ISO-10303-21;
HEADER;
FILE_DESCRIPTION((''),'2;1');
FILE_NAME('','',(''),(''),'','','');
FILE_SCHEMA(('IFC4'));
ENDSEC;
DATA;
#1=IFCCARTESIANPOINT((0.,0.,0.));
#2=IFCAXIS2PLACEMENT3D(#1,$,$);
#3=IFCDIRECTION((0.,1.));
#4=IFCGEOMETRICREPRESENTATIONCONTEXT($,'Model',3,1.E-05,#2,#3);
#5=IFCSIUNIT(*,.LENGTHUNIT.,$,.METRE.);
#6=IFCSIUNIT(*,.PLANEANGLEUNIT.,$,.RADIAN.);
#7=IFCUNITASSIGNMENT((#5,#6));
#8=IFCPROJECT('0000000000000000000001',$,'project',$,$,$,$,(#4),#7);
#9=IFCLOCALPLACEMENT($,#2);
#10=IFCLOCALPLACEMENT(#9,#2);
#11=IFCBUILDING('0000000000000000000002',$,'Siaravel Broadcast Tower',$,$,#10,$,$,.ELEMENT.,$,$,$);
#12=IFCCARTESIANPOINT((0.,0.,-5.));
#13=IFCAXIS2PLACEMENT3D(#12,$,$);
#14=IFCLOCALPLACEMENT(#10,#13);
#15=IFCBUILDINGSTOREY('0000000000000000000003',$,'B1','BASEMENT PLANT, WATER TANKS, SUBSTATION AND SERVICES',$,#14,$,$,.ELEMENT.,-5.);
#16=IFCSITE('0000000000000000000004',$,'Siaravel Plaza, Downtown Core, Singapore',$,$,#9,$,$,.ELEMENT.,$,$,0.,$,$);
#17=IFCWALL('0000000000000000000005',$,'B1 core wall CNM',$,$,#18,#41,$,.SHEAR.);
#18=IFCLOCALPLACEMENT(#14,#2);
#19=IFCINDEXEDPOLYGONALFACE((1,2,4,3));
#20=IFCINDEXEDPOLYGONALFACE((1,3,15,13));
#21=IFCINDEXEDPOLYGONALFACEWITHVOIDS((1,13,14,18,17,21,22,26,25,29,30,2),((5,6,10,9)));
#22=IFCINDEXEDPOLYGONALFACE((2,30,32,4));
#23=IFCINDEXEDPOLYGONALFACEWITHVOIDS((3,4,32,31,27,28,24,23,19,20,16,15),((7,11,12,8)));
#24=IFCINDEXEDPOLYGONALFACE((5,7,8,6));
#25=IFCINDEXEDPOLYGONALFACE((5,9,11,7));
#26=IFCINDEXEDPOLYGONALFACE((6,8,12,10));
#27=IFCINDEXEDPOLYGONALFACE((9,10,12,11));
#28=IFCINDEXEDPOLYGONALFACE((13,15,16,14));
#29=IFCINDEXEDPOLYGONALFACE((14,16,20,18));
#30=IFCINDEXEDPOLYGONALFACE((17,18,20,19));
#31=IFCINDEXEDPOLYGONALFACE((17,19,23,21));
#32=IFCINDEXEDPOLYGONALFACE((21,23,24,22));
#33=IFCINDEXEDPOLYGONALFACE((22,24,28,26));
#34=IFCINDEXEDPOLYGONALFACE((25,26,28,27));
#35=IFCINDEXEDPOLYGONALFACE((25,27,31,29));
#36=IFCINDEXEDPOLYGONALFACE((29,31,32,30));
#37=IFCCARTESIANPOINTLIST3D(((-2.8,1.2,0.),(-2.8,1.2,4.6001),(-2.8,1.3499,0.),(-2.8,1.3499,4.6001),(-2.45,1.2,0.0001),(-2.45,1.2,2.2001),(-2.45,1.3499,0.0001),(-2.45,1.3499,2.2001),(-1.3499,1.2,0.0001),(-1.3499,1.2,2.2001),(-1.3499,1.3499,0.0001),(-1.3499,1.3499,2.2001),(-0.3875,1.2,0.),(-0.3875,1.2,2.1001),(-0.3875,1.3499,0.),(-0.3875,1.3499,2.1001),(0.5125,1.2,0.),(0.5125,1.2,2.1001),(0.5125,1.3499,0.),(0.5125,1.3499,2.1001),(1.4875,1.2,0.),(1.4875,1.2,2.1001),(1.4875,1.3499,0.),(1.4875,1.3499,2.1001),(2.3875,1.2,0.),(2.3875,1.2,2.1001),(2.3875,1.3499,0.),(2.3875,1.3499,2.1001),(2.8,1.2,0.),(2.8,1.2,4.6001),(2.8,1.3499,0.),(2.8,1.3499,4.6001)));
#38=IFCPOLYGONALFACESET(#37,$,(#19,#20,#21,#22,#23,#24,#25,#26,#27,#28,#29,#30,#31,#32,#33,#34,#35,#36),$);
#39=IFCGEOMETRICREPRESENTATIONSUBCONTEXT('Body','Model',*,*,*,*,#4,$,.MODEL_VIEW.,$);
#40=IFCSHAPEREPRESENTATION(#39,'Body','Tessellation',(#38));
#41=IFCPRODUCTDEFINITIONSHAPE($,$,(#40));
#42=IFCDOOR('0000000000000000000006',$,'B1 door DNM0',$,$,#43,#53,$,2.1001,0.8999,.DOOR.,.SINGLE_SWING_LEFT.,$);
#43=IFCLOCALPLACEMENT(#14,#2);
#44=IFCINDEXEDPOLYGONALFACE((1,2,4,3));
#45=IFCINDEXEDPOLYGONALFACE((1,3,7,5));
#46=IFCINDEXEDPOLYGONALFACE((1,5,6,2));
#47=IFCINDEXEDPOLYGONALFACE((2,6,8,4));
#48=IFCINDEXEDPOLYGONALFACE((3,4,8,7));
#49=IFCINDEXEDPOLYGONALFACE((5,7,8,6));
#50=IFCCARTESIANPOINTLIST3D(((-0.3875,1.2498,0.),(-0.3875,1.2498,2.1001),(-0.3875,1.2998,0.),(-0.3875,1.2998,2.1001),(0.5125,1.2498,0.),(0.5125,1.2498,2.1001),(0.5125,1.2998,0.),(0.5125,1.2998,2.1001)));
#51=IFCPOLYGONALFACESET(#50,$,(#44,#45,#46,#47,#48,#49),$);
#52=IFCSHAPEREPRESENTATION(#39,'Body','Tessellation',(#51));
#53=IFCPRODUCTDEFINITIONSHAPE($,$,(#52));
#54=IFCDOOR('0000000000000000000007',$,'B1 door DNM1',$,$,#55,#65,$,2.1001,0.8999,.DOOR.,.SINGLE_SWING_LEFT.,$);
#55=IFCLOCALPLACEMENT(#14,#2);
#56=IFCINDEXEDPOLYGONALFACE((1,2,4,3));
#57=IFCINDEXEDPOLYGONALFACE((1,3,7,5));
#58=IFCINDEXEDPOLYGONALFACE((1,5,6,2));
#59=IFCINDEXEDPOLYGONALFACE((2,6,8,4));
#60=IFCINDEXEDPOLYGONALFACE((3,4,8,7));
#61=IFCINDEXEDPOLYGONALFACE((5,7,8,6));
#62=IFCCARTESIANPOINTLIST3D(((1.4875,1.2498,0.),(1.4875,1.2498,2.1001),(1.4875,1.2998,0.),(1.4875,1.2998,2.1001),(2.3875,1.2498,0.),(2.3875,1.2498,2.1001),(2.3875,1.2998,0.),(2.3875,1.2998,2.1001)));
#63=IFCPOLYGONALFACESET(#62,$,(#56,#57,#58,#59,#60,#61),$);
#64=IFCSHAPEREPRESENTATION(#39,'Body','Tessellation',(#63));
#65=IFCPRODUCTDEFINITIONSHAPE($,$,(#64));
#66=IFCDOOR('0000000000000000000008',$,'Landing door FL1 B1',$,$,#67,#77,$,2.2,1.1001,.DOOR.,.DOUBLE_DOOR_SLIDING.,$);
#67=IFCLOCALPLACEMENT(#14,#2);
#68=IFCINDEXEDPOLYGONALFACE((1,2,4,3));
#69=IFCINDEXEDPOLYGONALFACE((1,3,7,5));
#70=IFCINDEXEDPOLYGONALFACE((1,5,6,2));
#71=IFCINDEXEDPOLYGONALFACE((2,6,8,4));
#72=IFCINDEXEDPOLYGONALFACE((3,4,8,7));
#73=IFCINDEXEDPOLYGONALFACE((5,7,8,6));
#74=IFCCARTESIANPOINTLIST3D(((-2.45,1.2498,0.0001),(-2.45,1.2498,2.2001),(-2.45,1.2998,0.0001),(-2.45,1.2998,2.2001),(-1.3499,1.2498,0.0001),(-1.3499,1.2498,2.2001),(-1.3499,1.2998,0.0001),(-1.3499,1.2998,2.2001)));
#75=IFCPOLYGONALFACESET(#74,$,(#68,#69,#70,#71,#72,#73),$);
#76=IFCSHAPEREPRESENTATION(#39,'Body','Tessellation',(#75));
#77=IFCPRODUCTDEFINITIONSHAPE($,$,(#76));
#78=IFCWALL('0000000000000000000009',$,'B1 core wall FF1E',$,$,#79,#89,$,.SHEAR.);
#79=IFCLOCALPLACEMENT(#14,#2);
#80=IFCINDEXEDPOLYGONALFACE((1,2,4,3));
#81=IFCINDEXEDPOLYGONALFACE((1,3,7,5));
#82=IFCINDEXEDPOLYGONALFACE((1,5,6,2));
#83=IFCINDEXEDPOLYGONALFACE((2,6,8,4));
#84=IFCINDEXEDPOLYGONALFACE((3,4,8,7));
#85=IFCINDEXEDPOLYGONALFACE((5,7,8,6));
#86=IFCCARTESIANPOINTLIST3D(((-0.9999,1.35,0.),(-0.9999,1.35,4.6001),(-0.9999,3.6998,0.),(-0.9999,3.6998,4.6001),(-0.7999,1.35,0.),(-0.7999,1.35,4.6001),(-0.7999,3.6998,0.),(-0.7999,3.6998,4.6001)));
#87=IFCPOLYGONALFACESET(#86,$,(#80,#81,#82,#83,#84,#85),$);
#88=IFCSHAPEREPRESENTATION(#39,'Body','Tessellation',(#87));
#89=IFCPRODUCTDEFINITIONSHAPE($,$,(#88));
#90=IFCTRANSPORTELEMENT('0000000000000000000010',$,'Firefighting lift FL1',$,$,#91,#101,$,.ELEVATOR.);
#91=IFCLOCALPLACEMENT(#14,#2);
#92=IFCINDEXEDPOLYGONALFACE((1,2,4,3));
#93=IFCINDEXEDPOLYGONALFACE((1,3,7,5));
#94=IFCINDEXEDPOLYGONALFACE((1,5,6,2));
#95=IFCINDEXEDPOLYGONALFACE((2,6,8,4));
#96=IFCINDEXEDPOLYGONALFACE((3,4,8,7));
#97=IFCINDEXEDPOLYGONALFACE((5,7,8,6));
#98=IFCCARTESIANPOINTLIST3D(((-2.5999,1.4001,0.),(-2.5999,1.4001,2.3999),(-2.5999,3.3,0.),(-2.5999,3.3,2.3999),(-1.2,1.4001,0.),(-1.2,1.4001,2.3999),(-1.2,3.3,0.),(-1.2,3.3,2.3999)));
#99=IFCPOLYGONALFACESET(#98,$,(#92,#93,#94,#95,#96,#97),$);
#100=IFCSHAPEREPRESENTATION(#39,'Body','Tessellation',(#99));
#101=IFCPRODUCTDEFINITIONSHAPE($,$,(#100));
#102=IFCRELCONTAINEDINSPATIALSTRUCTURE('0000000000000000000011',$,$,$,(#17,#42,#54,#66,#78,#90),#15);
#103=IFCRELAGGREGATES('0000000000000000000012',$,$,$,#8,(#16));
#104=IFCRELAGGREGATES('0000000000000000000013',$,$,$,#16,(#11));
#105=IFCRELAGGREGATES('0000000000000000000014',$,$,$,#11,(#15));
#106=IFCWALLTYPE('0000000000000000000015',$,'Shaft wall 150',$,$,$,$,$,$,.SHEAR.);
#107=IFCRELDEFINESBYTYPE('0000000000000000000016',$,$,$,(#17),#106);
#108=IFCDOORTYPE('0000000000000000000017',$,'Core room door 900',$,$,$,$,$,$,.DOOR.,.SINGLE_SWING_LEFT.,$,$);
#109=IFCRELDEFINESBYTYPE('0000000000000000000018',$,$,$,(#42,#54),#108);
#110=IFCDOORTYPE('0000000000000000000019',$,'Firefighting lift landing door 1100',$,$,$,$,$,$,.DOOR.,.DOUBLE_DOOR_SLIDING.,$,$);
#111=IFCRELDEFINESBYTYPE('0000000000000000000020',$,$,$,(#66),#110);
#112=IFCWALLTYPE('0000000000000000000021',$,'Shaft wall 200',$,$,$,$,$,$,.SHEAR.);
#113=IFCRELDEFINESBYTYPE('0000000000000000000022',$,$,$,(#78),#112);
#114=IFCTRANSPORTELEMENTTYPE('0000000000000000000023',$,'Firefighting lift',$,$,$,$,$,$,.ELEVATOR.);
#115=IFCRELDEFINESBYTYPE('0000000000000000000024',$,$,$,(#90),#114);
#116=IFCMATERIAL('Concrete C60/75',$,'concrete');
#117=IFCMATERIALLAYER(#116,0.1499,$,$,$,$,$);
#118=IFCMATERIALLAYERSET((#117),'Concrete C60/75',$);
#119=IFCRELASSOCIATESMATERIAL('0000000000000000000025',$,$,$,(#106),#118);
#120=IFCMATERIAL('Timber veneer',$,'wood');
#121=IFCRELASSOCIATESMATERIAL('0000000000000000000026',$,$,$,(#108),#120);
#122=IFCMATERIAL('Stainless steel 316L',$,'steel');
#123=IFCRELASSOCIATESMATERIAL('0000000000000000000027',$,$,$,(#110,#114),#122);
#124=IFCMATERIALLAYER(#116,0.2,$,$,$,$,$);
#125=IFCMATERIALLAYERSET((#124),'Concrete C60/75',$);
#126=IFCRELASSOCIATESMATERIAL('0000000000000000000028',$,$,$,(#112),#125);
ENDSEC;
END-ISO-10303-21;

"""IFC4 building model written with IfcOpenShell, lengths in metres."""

from ifc_helpers import new_model, si_unit, direction, frame, frame_2d, origin, origin_2d, place, context, subcontext, project, spatial, rectangle, extrude, material, layer, layer_set, type_object, element, fill, save


model = new_model("IFC4")

# Units and contexts
model_context = context("Model", 3, precision=1e-05, world=origin(), true_north=direction((0.0, 1.0)))
body_context = subcontext(model_context, "Body", "Model", "MODEL_VIEW")
ifc_project = project(units=[si_unit("LENGTHUNIT", "METRE"), si_unit("PLANEANGLEUNIT", "RADIAN")], contexts=[model_context])

# Site, building, storey
site_placement = place(None, origin())
site = spatial("IfcSite", under=ifc_project, at=site_placement, Name="Siaravel Plaza, Downtown Core, Singapore", CompositionType="ELEMENT", RefElevation=0.0)
building_placement = place(site_placement, origin())
building = spatial("IfcBuilding", under=site, at=building_placement, Name="Siaravel Broadcast Tower", CompositionType="ELEMENT")
storey_placement = place(building_placement, frame((0.0, 0.0, -5.0)))
storey = spatial("IfcBuildingStorey", under=building, at=storey_placement, Name="B1", Description="BASEMENT PLANT, WATER TANKS, SUBSTATION AND SERVICES", CompositionType="ELEMENT", Elevation=-5.0)

# Wall, openings, doors
ifc_material_1 = material(Name="Concrete C60/75", Category="concrete")
ifc_layer_1 = layer(ifc_material_1, 0.1499)
ifc_layer_set_1 = layer_set([ifc_layer_1], Name="Concrete C60/75")
wall_type_1 = type_object("IfcWallType", Name="Shaft wall 150", PredefinedType="SHEAR", material=ifc_layer_set_1)
ifc_material_2 = material(Name="Timber veneer", Category="wood")
door_type_1 = type_object("IfcDoorType", Name="Core room door 900", OperationType="SINGLE_SWING_LEFT", PredefinedType="DOOR", material=ifc_material_2)
ifc_material_3 = material(Name="Stainless steel 316L", Category="steel")
door_type_2 = type_object("IfcDoorType", Name="Firefighting lift landing door 1100", OperationType="DOUBLE_DOOR_SLIDING", PredefinedType="DOOR", material=ifc_material_3)
wall_1_placement = place(storey_placement, frame((-2.8, 1.2749, 0.0), z_axis=(0.0, 0.0, 1.0), x_axis=(1.0, 0.0, 0.0)))
wall_1 = element("IfcWall", 1, at=wall_1_placement, inside=storey, type_object=wall_type_1, Name="B1 core wall CNM", PredefinedType="SHEAR", context=body_context, shape_type="SweptSolid", body=[
    extrude(rectangle(XDim=5.6001, YDim=0.1499, at=frame_2d((2.8, 0.0))), origin(), (0.0, 0.0, 1.0), 4.6001),
])
opening_1_placement = place(wall_1_placement, frame((0.3501, 0.0, 0.0)))
opening_1 = element("IfcOpeningElement", 2, at=opening_1_placement, cuts=wall_1, PredefinedType="OPENING", context=body_context, shape_type="SweptSolid", body=[
    extrude(rectangle(XDim=1.1001, YDim=2.2, at=frame_2d((0.55, 1.1001))), frame((0.0, 0.085, 0.0), z_axis=(0.0, -1.0, 0.0), x_axis=(1.0, 0.0, 0.0)), (0.0, 0.0, 1.0), 0.1699),
])
opening_2_placement = place(wall_1_placement, frame((2.4126, 0.0, 0.0)))
opening_2 = element("IfcOpeningElement", 3, at=opening_2_placement, cuts=wall_1, PredefinedType="OPENING", context=body_context, shape_type="SweptSolid", body=[
    extrude(rectangle(XDim=0.8999, YDim=2.1001, at=frame_2d((0.45, 1.05))), frame((0.0, 0.085, 0.0), z_axis=(0.0, -1.0, 0.0), x_axis=(1.0, 0.0, 0.0)), (0.0, 0.0, 1.0), 0.1699),
])
opening_3_placement = place(wall_1_placement, frame((4.2876, 0.0, 0.0)))
opening_3 = element("IfcOpeningElement", 4, at=opening_3_placement, cuts=wall_1, PredefinedType="OPENING", context=body_context, shape_type="SweptSolid", body=[
    extrude(rectangle(XDim=0.8999, YDim=2.1001, at=frame_2d((0.45, 1.05))), frame((0.0, 0.085, 0.0), z_axis=(0.0, -1.0, 0.0), x_axis=(1.0, 0.0, 0.0)), (0.0, 0.0, 1.0), 0.1699),
])
door_1_placement = place(opening_2_placement, origin())
door_1 = element("IfcDoor", 5, at=door_1_placement, inside=storey, type_object=door_type_1, Name="B1 door DNM0", OperationType="SINGLE_SWING_LEFT", OverallHeight=2.1001, OverallWidth=0.8999, PredefinedType="DOOR", context=body_context, shape_type="SweptSolid", body=[
    extrude(rectangle(XDim=0.8999, YDim=2.1001, at=frame_2d((0.45, 1.05))), frame((0.0, 0.0249, 0.0), z_axis=(0.0, -1.0, 0.0), x_axis=(1.0, 0.0, 0.0)), (0.0, 0.0, 1.0), 0.05),
])
fill(opening_2, door_1)
door_2_placement = place(opening_3_placement, origin())
door_2 = element("IfcDoor", 6, at=door_2_placement, inside=storey, type_object=door_type_1, Name="B1 door DNM1", OperationType="SINGLE_SWING_LEFT", OverallHeight=2.1001, OverallWidth=0.8999, PredefinedType="DOOR", context=body_context, shape_type="SweptSolid", body=[
    extrude(rectangle(XDim=0.8999, YDim=2.1001, at=frame_2d((0.45, 1.05))), frame((0.0, 0.0249, 0.0), z_axis=(0.0, -1.0, 0.0), x_axis=(1.0, 0.0, 0.0)), (0.0, 0.0, 1.0), 0.05),
])
fill(opening_3, door_2)
door_3_placement = place(opening_1_placement, origin())
door_3 = element("IfcDoor", 7, at=door_3_placement, inside=storey, type_object=door_type_2, Name="Landing door FL1 B1", OperationType="DOUBLE_DOOR_SLIDING", OverallHeight=2.2, OverallWidth=1.1001, PredefinedType="DOOR", context=body_context, shape_type="SweptSolid", body=[
    extrude(rectangle(XDim=1.1001, YDim=2.2, at=frame_2d((0.55, 1.1001))), frame((0.0, 0.0249, 0.0), z_axis=(0.0, -1.0, 0.0), x_axis=(1.0, 0.0, 0.0)), (0.0, 0.0, 1.0), 0.05),
])
fill(opening_1, door_3)

# Wall
ifc_layer_2 = layer(ifc_material_1, 0.2)
ifc_layer_set_2 = layer_set([ifc_layer_2], Name="Concrete C60/75")
wall_type_2 = type_object("IfcWallType", Name="Shaft wall 200", PredefinedType="SHEAR", material=ifc_layer_set_2)
wall_2_placement = place(storey_placement, frame((-0.8999, 1.3501, 0.0), z_axis=(0.0, 0.0, 1.0), x_axis=(0.0, 1.0, 0.0)))
element("IfcWall", 8, at=wall_2_placement, inside=storey, type_object=wall_type_2, Name="B1 core wall FF1E", PredefinedType="SHEAR", context=body_context, shape_type="SweptSolid", body=[
    extrude(rectangle(XDim=2.3499, YDim=0.2, at=frame_2d((1.1748, 0.0))), origin(), (0.0, 0.0, 1.0), 4.6001),
])

# Transport element
transport_element_type = type_object("IfcTransportElementType", Name="Firefighting lift", PredefinedType="ELEVATOR", material=ifc_material_3)
transport_element_placement = place(storey_placement, frame((-1.8999, 2.3501, 0.0), z_axis=(0.0, 0.0, 1.0), x_axis=(1.0, 0.0, 0.0)))
element("IfcTransportElement", 9, at=transport_element_placement, inside=storey, type_object=transport_element_type, Name="Firefighting lift FL1", PredefinedType="ELEVATOR", context=body_context, shape_type="SweptSolid", body=[
    extrude(rectangle(XDim=1.3999, YDim=1.8999, at=origin_2d()), origin(), (0.0, 0.0, 1.0), 2.3999),
])

save(model, "model.ifc")
